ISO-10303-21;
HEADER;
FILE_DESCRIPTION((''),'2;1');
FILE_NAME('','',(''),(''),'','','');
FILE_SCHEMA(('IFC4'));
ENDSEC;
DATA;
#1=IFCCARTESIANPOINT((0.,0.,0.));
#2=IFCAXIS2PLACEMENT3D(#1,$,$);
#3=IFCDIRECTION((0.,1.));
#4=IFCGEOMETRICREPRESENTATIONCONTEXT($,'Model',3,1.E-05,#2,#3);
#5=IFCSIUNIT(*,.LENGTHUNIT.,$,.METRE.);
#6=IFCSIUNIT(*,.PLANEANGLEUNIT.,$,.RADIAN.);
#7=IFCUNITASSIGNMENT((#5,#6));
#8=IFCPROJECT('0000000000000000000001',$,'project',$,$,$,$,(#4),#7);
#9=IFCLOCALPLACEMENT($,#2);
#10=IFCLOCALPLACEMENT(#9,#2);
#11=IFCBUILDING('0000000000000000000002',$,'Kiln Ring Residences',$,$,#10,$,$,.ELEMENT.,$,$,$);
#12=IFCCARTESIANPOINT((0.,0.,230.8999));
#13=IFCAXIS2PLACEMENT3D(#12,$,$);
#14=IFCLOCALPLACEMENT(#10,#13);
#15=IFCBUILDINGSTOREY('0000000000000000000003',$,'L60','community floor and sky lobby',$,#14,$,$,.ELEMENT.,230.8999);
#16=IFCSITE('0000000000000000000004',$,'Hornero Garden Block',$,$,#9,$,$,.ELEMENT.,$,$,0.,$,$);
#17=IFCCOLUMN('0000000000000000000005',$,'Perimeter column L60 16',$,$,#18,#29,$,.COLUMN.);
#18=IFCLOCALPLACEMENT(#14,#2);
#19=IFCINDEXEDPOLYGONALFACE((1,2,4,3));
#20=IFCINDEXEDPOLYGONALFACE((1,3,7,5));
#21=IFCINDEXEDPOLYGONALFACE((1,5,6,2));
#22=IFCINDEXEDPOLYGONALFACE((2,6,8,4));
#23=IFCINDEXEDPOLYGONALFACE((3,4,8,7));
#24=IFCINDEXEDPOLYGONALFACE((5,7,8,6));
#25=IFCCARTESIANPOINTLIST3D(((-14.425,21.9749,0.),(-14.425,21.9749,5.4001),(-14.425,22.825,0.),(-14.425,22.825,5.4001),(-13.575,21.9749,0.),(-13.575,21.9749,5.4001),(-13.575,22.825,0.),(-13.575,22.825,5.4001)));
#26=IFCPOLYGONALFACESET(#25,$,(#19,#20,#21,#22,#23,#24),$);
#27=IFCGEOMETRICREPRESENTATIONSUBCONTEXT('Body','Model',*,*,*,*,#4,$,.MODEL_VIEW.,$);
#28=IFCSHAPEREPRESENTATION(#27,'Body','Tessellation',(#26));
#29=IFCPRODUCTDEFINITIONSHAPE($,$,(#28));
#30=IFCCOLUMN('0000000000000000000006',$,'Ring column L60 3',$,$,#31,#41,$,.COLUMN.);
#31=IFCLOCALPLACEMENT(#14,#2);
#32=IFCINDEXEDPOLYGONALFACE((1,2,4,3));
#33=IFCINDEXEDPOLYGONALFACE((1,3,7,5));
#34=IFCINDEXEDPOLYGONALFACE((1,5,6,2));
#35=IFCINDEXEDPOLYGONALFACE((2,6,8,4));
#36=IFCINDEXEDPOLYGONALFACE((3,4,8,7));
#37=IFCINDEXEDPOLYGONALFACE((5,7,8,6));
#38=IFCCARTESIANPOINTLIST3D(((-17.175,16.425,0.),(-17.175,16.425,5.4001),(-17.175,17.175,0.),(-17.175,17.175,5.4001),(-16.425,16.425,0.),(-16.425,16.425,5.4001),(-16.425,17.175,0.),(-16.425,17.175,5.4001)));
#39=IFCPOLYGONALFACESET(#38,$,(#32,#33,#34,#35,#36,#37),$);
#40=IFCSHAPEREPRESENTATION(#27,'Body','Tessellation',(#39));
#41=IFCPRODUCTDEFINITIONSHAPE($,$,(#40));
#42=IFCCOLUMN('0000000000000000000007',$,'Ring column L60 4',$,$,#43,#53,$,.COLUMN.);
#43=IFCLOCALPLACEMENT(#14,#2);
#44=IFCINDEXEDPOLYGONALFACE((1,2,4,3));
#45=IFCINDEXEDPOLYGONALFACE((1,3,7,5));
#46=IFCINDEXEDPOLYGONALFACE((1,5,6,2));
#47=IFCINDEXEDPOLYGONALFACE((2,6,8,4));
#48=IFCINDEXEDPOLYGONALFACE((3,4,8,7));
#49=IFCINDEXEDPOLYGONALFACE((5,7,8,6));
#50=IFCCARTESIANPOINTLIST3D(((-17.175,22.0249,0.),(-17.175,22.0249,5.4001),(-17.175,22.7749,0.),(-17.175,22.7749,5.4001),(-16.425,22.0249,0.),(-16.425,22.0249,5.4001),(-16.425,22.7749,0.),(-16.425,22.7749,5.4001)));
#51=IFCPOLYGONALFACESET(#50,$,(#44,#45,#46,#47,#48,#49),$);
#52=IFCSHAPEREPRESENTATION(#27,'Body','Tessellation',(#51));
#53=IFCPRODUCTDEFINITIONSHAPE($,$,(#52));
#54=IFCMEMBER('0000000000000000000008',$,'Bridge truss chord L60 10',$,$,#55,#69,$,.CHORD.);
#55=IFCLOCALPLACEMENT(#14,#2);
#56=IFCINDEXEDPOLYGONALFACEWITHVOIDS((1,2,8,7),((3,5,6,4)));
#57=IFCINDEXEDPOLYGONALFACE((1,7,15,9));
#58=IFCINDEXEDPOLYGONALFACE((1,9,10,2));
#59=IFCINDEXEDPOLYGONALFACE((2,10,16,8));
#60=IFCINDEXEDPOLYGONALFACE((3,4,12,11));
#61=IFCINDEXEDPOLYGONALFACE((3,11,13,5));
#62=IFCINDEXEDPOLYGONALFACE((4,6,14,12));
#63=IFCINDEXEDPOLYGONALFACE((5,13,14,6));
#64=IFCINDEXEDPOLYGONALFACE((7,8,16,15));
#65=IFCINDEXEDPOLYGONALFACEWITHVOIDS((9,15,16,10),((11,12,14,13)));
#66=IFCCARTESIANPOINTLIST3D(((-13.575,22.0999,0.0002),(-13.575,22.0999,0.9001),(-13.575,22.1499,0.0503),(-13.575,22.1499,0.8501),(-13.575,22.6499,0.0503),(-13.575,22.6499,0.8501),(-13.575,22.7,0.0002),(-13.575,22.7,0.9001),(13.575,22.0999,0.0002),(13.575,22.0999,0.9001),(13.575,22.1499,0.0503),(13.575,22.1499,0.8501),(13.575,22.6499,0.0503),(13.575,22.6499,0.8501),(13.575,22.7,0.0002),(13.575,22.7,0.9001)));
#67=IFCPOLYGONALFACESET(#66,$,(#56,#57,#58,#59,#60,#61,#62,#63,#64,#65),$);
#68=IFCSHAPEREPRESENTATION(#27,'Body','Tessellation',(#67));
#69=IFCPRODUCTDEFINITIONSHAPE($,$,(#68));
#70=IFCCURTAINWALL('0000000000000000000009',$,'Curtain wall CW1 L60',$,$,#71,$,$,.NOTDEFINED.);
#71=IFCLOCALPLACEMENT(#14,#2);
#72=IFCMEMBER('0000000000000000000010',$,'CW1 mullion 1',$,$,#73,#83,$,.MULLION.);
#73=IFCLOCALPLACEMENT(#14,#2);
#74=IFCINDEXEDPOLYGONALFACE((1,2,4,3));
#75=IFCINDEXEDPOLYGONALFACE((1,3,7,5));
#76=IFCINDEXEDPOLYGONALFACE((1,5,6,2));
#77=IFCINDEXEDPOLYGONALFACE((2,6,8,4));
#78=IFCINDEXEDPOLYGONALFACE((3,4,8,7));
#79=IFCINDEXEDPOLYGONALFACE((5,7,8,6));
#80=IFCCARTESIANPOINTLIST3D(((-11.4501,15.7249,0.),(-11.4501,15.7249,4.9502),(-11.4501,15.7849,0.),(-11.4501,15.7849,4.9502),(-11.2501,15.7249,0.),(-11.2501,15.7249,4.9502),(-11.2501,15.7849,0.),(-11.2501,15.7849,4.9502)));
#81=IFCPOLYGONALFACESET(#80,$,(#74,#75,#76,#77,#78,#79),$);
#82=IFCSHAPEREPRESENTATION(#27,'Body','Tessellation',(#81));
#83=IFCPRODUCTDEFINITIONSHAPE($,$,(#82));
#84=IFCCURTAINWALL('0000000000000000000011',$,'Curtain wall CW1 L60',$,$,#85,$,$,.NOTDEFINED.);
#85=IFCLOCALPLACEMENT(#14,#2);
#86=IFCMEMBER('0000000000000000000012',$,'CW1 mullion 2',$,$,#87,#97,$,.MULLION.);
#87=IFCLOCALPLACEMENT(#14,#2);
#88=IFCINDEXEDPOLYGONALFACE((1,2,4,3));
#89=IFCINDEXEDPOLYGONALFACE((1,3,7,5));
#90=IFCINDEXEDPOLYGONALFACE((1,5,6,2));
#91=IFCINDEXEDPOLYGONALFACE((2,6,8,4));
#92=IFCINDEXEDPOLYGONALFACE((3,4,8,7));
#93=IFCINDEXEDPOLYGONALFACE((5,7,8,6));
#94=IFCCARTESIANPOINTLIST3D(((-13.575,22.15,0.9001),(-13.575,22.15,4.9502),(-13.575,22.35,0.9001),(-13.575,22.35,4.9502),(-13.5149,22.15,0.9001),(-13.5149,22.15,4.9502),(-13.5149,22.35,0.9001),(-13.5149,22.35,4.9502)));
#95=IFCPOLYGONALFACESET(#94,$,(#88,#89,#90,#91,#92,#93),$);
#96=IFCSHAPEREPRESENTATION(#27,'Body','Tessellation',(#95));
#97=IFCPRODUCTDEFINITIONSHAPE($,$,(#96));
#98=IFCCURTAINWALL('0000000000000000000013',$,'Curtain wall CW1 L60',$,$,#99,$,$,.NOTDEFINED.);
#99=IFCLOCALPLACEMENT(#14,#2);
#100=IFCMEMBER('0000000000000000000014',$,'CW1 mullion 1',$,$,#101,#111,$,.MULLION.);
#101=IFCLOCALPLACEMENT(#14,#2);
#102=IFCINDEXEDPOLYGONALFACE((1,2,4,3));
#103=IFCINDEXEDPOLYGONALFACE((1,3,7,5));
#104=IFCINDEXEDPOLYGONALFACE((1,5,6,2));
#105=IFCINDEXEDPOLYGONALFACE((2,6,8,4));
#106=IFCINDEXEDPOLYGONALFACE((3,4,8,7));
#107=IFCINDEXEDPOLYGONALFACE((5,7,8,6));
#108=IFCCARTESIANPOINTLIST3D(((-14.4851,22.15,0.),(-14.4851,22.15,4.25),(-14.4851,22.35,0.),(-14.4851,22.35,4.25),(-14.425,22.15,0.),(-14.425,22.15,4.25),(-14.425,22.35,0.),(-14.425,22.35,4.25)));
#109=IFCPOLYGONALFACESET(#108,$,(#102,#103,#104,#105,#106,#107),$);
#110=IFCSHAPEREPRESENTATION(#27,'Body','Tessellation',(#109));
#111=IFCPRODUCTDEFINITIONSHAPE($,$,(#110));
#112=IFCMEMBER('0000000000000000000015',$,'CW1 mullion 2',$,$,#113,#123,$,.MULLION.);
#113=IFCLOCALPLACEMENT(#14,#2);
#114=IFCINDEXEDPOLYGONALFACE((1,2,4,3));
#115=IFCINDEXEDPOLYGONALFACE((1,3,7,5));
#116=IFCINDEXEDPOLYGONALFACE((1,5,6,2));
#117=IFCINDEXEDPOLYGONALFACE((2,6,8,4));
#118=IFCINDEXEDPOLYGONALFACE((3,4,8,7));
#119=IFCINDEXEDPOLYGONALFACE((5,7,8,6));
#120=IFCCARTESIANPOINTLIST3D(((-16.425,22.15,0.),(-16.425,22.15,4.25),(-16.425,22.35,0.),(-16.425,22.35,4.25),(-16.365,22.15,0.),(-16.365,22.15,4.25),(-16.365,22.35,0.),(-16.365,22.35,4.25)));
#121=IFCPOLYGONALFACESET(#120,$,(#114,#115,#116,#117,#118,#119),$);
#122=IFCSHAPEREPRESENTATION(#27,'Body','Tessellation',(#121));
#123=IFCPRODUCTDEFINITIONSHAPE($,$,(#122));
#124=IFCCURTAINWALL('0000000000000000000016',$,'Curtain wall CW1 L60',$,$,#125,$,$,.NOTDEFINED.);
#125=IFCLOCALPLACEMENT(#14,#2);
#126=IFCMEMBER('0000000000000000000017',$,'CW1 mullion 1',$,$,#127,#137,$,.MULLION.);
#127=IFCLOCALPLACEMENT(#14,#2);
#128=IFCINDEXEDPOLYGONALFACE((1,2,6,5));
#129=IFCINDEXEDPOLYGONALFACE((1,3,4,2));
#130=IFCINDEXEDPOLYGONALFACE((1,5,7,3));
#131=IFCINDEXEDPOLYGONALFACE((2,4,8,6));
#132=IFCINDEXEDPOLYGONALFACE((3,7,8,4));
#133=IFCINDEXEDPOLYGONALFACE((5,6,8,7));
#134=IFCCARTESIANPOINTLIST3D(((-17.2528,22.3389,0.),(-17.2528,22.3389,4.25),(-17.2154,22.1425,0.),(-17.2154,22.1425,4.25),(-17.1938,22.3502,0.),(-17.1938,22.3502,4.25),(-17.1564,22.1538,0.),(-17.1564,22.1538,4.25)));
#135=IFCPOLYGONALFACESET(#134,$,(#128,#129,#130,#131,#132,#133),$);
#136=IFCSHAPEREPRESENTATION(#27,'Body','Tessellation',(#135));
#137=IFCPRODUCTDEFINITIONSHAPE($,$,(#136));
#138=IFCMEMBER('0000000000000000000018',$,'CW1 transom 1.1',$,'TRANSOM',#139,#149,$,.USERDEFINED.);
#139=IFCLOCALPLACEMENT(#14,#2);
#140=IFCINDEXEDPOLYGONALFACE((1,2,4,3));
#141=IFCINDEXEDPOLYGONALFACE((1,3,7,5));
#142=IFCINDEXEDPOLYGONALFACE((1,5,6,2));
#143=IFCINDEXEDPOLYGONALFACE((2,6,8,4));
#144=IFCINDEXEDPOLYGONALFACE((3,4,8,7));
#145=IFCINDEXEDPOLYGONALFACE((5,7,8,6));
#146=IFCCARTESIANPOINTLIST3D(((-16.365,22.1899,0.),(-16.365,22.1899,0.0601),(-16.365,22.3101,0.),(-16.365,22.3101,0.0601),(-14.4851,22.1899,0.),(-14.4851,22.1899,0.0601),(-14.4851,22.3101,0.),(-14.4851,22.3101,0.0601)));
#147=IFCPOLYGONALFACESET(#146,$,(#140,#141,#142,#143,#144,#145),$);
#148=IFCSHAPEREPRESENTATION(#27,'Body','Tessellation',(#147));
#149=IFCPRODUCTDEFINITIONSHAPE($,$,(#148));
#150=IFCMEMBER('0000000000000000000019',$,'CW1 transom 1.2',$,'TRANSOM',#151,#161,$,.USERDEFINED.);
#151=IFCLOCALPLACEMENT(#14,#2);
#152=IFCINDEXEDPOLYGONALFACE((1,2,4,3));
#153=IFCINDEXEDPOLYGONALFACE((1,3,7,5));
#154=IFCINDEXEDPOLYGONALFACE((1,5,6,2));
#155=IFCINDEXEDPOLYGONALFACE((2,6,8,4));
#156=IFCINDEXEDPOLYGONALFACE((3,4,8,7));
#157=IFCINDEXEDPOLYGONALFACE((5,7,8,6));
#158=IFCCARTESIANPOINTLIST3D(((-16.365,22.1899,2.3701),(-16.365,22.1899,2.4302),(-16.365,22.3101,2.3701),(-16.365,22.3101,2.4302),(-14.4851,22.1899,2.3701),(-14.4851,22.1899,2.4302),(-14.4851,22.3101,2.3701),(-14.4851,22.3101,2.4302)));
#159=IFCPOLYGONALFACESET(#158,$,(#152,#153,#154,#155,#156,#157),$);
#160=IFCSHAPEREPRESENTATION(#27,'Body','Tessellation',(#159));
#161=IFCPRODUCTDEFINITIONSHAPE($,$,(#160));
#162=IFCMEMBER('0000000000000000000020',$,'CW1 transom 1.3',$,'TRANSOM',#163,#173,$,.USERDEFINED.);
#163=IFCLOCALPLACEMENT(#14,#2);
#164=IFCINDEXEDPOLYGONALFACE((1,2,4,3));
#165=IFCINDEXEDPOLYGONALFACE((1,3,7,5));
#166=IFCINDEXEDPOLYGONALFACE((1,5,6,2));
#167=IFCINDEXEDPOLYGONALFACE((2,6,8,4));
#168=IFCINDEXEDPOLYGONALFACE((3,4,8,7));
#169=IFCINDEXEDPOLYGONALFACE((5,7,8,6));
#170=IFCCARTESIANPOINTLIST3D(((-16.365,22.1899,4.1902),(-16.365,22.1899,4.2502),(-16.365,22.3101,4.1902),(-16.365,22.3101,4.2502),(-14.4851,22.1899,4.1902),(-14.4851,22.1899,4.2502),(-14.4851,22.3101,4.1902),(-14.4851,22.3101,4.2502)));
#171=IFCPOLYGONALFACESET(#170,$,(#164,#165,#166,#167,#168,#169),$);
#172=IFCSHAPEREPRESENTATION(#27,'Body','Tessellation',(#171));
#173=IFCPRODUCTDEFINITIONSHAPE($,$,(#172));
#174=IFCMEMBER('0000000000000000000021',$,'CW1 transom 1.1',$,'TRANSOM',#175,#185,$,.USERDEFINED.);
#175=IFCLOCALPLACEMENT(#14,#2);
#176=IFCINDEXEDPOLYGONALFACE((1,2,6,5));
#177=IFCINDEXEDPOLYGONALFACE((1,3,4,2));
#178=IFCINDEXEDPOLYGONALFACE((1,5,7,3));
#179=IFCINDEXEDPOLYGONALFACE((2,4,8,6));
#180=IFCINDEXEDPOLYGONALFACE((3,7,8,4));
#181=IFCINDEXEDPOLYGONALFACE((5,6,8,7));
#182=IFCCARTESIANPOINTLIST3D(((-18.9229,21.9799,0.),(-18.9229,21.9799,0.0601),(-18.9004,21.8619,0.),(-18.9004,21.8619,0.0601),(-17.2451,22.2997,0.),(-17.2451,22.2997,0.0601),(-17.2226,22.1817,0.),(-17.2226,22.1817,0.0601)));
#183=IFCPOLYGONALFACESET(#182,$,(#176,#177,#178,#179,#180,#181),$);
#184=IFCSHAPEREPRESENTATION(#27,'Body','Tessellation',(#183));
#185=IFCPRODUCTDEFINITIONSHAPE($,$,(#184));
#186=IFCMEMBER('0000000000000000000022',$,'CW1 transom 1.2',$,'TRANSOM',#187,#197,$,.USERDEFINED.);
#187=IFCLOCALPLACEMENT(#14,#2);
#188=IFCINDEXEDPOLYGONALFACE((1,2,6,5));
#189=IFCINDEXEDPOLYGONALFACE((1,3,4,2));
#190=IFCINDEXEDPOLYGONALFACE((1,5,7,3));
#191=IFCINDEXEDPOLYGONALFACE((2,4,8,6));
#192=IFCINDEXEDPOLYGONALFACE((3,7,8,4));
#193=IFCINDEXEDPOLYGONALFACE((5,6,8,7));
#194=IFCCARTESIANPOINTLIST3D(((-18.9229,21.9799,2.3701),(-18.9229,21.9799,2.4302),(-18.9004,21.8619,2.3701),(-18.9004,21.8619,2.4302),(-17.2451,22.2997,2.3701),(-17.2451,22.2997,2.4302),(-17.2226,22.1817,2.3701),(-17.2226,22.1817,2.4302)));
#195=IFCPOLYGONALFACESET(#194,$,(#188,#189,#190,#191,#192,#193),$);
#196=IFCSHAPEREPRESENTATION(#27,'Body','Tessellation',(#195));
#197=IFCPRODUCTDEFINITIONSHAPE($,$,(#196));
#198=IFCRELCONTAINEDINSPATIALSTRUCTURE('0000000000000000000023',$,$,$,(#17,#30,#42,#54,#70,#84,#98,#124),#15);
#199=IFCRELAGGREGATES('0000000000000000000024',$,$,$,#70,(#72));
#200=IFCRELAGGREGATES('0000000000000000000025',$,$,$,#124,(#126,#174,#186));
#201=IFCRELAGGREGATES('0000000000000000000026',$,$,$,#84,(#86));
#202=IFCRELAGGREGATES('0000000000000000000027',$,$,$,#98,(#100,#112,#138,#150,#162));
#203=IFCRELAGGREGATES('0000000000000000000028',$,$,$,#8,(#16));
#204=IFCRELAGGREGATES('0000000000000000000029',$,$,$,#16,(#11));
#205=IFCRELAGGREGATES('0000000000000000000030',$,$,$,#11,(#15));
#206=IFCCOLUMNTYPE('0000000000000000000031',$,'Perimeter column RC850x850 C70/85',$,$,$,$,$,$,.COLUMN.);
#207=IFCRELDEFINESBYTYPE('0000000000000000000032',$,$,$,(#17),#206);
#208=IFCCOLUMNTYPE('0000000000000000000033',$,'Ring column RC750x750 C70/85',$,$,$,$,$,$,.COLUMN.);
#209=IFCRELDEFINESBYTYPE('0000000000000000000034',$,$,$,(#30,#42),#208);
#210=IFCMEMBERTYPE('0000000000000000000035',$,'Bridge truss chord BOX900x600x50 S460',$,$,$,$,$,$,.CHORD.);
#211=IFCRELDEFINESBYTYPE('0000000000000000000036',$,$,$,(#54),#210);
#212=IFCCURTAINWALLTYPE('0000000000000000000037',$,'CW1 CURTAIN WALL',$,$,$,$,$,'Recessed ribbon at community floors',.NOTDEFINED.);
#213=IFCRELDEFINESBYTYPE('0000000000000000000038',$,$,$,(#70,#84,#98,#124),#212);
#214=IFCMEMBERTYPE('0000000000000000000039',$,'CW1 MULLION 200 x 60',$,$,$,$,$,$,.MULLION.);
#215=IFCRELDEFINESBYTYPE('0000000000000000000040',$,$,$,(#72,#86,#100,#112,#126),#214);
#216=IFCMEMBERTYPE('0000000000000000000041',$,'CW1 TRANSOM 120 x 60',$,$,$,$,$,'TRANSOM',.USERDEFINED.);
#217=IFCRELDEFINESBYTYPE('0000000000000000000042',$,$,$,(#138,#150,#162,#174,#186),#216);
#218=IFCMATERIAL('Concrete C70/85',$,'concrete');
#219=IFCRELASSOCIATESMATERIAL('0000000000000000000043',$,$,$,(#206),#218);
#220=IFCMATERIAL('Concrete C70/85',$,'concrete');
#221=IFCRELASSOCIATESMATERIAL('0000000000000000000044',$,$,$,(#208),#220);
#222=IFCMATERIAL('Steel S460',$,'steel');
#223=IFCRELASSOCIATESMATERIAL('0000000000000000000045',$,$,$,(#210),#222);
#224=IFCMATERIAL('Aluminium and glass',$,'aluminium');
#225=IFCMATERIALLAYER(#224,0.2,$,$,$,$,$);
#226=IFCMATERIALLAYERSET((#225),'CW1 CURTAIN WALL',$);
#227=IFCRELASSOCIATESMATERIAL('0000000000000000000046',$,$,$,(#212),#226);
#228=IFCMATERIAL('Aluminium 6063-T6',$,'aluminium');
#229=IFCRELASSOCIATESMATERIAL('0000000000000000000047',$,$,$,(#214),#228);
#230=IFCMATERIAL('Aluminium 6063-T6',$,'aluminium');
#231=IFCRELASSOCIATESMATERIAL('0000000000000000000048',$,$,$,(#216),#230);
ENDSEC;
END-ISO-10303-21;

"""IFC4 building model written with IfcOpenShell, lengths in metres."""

from ifc_helpers import new_model, si_unit, direction, frame, origin, origin_2d, place, context, subcontext, project, spatial, rectangle, hollow_rectangle, extrude, material, layer, layer_set, material_profile, profile_set, type_object, element, aggregate, save


model = new_model("IFC4")

# Units and contexts
model_context = context("Model", 3, precision=1e-05, world=origin(), true_north=direction((0.0, 1.0)))
body_context = subcontext(model_context, "Body", "Model", "MODEL_VIEW")
ifc_project = project(units=[si_unit("LENGTHUNIT", "METRE"), si_unit("PLANEANGLEUNIT", "RADIAN")], contexts=[model_context])

# Site, building, storey
site_placement = place(None, origin())
site = spatial("IfcSite", under=ifc_project, at=site_placement, Name="Hornero Garden Block", CompositionType="ELEMENT", RefElevation=0.0)
building_placement = place(site_placement, origin())
building = spatial("IfcBuilding", under=site, at=building_placement, Name="Kiln Ring Residences", CompositionType="ELEMENT")
storey_placement = place(building_placement, frame((0.0, 0.0, 230.8999)))
storey = spatial("IfcBuildingStorey", under=building, at=storey_placement, Name="L60", Description="community floor and sky lobby", CompositionType="ELEMENT", Elevation=230.8999)

# Columns
ifc_material_1 = material(Name="Concrete C70/85", Category="concrete")
ifc_material_profile_1 = material_profile(ifc_material_1, rectangle(XDim=0.8501, YDim=0.8501, at=origin_2d()), Name="RC850x850")
ifc_profile_set_1 = profile_set([ifc_material_profile_1], Name="Concrete C70/85")
column_type_1 = type_object("IfcColumnType", Name="Perimeter column RC850x850 C70/85", PredefinedType="COLUMN", material=ifc_profile_set_1)
column_placement = place(storey_placement, frame((-14.0, 22.3999, 0.0), z_axis=(0.0, 0.0, 1.0), x_axis=(1.0, 0.0, 0.0)))
element("IfcColumn", 1, at=column_placement, inside=storey, type_object=column_type_1, Name="Perimeter column L60 16", PredefinedType="COLUMN", context=body_context, shape_type="SweptSolid", body=[
    extrude(rectangle(XDim=0.8501, YDim=0.8501, at=origin_2d()), origin(), (0.0, 0.0, 1.0), 5.4001),
])
ifc_material_2 = material(Name="Concrete C70/85", Category="concrete")
ifc_material_profile_2 = material_profile(ifc_material_2, rectangle(XDim=0.75, YDim=0.75, at=origin_2d()), Name="RC750x750")
ifc_profile_set_2 = profile_set([ifc_material_profile_2], Name="Concrete C70/85")
column_type_2 = type_object("IfcColumnType", Name="Ring column RC750x750 C70/85", PredefinedType="COLUMN", material=ifc_profile_set_2)
for number, where, z_axis, x_axis, name in (
    (2, (-16.8, 16.8, 0.0), (0.0, 0.0, 1.0), (1.0, 0.0, 0.0), "Ring column L60 3"),
    (3, (-16.8, 22.3999, 0.0), (0.0, 0.0, 1.0), (1.0, 0.0, 0.0), "Ring column L60 4"),
):
    element("IfcColumn", number, at=place(storey_placement, frame(where, z_axis=z_axis, x_axis=x_axis)), inside=storey, type_object=column_type_2, Name=name, PredefinedType="COLUMN", context=body_context, shape_type="SweptSolid", body=[
        extrude(rectangle(XDim=0.75, YDim=0.75, at=origin_2d()), origin(), (0.0, 0.0, 1.0), 5.4001),
    ])

# Member
ifc_material_3 = material(Name="Steel S460", Category="steel")
ifc_material_profile_3 = material_profile(ifc_material_3, hollow_rectangle(XDim=0.6001, YDim=0.8999, WallThickness=0.05, at=origin_2d()), Name="BOX900x600x50")
ifc_profile_set_3 = profile_set([ifc_material_profile_3], Name="Steel S460")
member_type_1 = type_object("IfcMemberType", Name="Bridge truss chord BOX900x600x50 S460", PredefinedType="CHORD", material=ifc_profile_set_3)
member_1_placement = place(storey_placement, frame((-13.575, 22.3999, 0.4502), z_axis=(1.0, 0.0, 0.0), x_axis=(0.0, 1.0, 0.0)))
element("IfcMember", 4, at=member_1_placement, inside=storey, type_object=member_type_1, Name="Bridge truss chord L60 10", PredefinedType="CHORD", context=body_context, shape_type="SweptSolid", body=[
    extrude(hollow_rectangle(XDim=0.6001, YDim=0.8999, WallThickness=0.05, at=origin_2d()), origin(), (0.0, 0.0, 1.0), 27.1499),
])

# Curtain walls, members
ifc_material_4 = material(Name="Aluminium and glass", Category="aluminium")
ifc_layer_1 = layer(ifc_material_4, 0.2)
ifc_layer_set_1 = layer_set([ifc_layer_1], Name="CW1 CURTAIN WALL")
curtain_wall_type = type_object("IfcCurtainWallType", Name="CW1 CURTAIN WALL", ElementType="Recessed ribbon at community floors", PredefinedType="NOTDEFINED", material=ifc_layer_set_1)
placement = place(storey_placement, origin())
curtain_wall_1 = element("IfcCurtainWall", 5, at=placement, inside=storey, type_object=curtain_wall_type, Name="Curtain wall CW1 L60", PredefinedType="NOTDEFINED")
ifc_material_5 = material(Name="Aluminium 6063-T6", Category="aluminium")
ifc_material_profile_4 = material_profile(ifc_material_5, rectangle(XDim=0.2, YDim=0.0601, at=origin_2d()), Name="AL 200x60")
ifc_profile_set_4 = profile_set([ifc_material_profile_4], Name="Aluminium 6063-T6")
member_type_2 = type_object("IfcMemberType", Name="CW1 MULLION 200 x 60", PredefinedType="MULLION", material=ifc_profile_set_4)
member_2_placement = place(storey_placement, frame((-11.3501, 15.7549, 0.0), z_axis=(0.0, 0.0, 1.0), x_axis=(-1.0, 0.0, 0.0)))
member_2 = element("IfcMember", 6, at=member_2_placement, type_object=member_type_2, Name="CW1 mullion 1", PredefinedType="MULLION", context=body_context, shape_type="SweptSolid", body=[
    extrude(rectangle(XDim=0.2, YDim=0.0601, at=origin_2d()), origin(), (0.0, 0.0, 1.0), 4.9502),
])
aggregate(curtain_wall_1, [member_2])
curtain_wall_2 = element("IfcCurtainWall", 7, at=placement, inside=storey, type_object=curtain_wall_type, Name="Curtain wall CW1 L60", PredefinedType="NOTDEFINED")
member_3_placement = place(storey_placement, frame((-13.5449, 22.25, 0.9001), z_axis=(0.0, 0.0, 1.0), x_axis=(0.0, -1.0, 0.0)))
member_3 = element("IfcMember", 8, at=member_3_placement, type_object=member_type_2, Name="CW1 mullion 2", PredefinedType="MULLION", context=body_context, shape_type="SweptSolid", body=[
    extrude(rectangle(XDim=0.2, YDim=0.0601, at=origin_2d()), origin(), (0.0, 0.0, 1.0), 4.05),
])

# Curtain wall, members
curtain_wall_3 = element("IfcCurtainWall", 9, at=placement, inside=storey, type_object=curtain_wall_type, Name="Curtain wall CW1 L60", PredefinedType="NOTDEFINED")
member_4_placement = place(storey_placement, frame((-14.4551, 22.25, 0.0), z_axis=(0.0, 0.0, 1.0), x_axis=(0.0, -1.0, 0.0)))
member_4 = element("IfcMember", 10, at=member_4_placement, type_object=member_type_2, Name="CW1 mullion 1", PredefinedType="MULLION", context=body_context, shape_type="SweptSolid", body=[
    extrude(rectangle(XDim=0.2, YDim=0.0601, at=origin_2d()), origin(), (0.0, 0.0, 1.0), 4.25),
])
member_5_placement = place(storey_placement, frame((-16.395, 22.25, 0.0), z_axis=(0.0, 0.0, 1.0), x_axis=(0.0, -1.0, 0.0)))
member_5 = element("IfcMember", 11, at=member_5_placement, type_object=member_type_2, Name="CW1 mullion 2", PredefinedType="MULLION", context=body_context, shape_type="SweptSolid", body=[
    extrude(rectangle(XDim=0.2, YDim=0.0601, at=origin_2d()), origin(), (0.0, 0.0, 1.0), 4.25),
])

# Curtain wall, member
curtain_wall_4 = element("IfcCurtainWall", 12, at=placement, inside=storey, type_object=curtain_wall_type, Name="Curtain wall CW1 L60", PredefinedType="NOTDEFINED")
member_6_placement = place(storey_placement, frame((-17.2046, 22.2463, 0.0), z_axis=(0.0, 0.0, 1.0), x_axis=(0.187366, -0.98229, 0.0)))
member_6 = element("IfcMember", 13, at=member_6_placement, type_object=member_type_2, Name="CW1 mullion 1", PredefinedType="MULLION", context=body_context, shape_type="SweptSolid", body=[
    extrude(rectangle(XDim=0.2, YDim=0.0601, at=origin_2d()), origin(), (0.0, 0.0, 1.0), 4.25),
])

# Members
ifc_material_6 = material(Name="Aluminium 6063-T6", Category="aluminium")
ifc_material_profile_5 = material_profile(ifc_material_6, rectangle(XDim=0.1201, YDim=0.0601, at=origin_2d()), Name="AL 120x60")
ifc_profile_set_5 = profile_set([ifc_material_profile_5], Name="Aluminium 6063-T6")
member_type_3 = type_object("IfcMemberType", Name="CW1 TRANSOM 120 x 60", ElementType="TRANSOM", PredefinedType="USERDEFINED", material=ifc_profile_set_5)
member_7_placement = place(storey_placement, frame((-14.4851, 22.25, 0.03), z_axis=(-1.0, 0.0, 0.0), x_axis=(0.0, -1.0, 0.0)))
member_7 = element("IfcMember", 14, at=member_7_placement, type_object=member_type_3, Name="CW1 transom 1.1", ObjectType="TRANSOM", PredefinedType="USERDEFINED", context=body_context, shape_type="SweptSolid", body=[
    extrude(rectangle(XDim=0.1201, YDim=0.0601, at=origin_2d()), origin(), (0.0, 0.0, 1.0), 1.8799),
])
member_8_placement = place(storey_placement, frame((-14.4851, 22.25, 2.4001), z_axis=(-1.0, 0.0, 0.0), x_axis=(0.0, -1.0, 0.0)))
member_8 = element("IfcMember", 15, at=member_8_placement, type_object=member_type_3, Name="CW1 transom 1.2", ObjectType="TRANSOM", PredefinedType="USERDEFINED", context=body_context, shape_type="SweptSolid", body=[
    extrude(rectangle(XDim=0.1201, YDim=0.0601, at=origin_2d()), origin(), (0.0, 0.0, 1.0), 1.8799),
])
member_9_placement = place(storey_placement, frame((-14.4851, 22.25, 4.2202), z_axis=(-1.0, 0.0, 0.0), x_axis=(0.0, -1.0, 0.0)))
member_9 = element("IfcMember", 16, at=member_9_placement, type_object=member_type_3, Name="CW1 transom 1.3", ObjectType="TRANSOM", PredefinedType="USERDEFINED", context=body_context, shape_type="SweptSolid", body=[
    extrude(rectangle(XDim=0.1201, YDim=0.0601, at=origin_2d()), origin(), (0.0, 0.0, 1.0), 1.8799),
])
member_10_placement = place(storey_placement, frame((-17.2339, 22.2407, 0.03), z_axis=(-0.982311, -0.187257, 0.0), x_axis=(0.187257, -0.982311, 0.0)))
member_10 = element("IfcMember", 17, at=member_10_placement, type_object=member_type_3, Name="CW1 transom 1.1", ObjectType="TRANSOM", PredefinedType="USERDEFINED", context=body_context, shape_type="SweptSolid", body=[
    extrude(rectangle(XDim=0.1201, YDim=0.0601, at=origin_2d()), origin(), (0.0, 0.0, 1.0), 1.708),
])
member_11_placement = place(storey_placement, frame((-17.2339, 22.2407, 2.4001), z_axis=(-0.982311, -0.187257, 0.0), x_axis=(0.187257, -0.982311, 0.0)))
member_11 = element("IfcMember", 18, at=member_11_placement, type_object=member_type_3, Name="CW1 transom 1.2", ObjectType="TRANSOM", PredefinedType="USERDEFINED", context=body_context, shape_type="SweptSolid", body=[
    extrude(rectangle(XDim=0.1201, YDim=0.0601, at=origin_2d()), origin(), (0.0, 0.0, 1.0), 1.708),
])
aggregate(curtain_wall_4, [member_6, member_10, member_11])

aggregate(curtain_wall_2, [member_3])
aggregate(curtain_wall_3, [member_4, member_5, member_7, member_8, member_9])

save(model, "model.ifc")
